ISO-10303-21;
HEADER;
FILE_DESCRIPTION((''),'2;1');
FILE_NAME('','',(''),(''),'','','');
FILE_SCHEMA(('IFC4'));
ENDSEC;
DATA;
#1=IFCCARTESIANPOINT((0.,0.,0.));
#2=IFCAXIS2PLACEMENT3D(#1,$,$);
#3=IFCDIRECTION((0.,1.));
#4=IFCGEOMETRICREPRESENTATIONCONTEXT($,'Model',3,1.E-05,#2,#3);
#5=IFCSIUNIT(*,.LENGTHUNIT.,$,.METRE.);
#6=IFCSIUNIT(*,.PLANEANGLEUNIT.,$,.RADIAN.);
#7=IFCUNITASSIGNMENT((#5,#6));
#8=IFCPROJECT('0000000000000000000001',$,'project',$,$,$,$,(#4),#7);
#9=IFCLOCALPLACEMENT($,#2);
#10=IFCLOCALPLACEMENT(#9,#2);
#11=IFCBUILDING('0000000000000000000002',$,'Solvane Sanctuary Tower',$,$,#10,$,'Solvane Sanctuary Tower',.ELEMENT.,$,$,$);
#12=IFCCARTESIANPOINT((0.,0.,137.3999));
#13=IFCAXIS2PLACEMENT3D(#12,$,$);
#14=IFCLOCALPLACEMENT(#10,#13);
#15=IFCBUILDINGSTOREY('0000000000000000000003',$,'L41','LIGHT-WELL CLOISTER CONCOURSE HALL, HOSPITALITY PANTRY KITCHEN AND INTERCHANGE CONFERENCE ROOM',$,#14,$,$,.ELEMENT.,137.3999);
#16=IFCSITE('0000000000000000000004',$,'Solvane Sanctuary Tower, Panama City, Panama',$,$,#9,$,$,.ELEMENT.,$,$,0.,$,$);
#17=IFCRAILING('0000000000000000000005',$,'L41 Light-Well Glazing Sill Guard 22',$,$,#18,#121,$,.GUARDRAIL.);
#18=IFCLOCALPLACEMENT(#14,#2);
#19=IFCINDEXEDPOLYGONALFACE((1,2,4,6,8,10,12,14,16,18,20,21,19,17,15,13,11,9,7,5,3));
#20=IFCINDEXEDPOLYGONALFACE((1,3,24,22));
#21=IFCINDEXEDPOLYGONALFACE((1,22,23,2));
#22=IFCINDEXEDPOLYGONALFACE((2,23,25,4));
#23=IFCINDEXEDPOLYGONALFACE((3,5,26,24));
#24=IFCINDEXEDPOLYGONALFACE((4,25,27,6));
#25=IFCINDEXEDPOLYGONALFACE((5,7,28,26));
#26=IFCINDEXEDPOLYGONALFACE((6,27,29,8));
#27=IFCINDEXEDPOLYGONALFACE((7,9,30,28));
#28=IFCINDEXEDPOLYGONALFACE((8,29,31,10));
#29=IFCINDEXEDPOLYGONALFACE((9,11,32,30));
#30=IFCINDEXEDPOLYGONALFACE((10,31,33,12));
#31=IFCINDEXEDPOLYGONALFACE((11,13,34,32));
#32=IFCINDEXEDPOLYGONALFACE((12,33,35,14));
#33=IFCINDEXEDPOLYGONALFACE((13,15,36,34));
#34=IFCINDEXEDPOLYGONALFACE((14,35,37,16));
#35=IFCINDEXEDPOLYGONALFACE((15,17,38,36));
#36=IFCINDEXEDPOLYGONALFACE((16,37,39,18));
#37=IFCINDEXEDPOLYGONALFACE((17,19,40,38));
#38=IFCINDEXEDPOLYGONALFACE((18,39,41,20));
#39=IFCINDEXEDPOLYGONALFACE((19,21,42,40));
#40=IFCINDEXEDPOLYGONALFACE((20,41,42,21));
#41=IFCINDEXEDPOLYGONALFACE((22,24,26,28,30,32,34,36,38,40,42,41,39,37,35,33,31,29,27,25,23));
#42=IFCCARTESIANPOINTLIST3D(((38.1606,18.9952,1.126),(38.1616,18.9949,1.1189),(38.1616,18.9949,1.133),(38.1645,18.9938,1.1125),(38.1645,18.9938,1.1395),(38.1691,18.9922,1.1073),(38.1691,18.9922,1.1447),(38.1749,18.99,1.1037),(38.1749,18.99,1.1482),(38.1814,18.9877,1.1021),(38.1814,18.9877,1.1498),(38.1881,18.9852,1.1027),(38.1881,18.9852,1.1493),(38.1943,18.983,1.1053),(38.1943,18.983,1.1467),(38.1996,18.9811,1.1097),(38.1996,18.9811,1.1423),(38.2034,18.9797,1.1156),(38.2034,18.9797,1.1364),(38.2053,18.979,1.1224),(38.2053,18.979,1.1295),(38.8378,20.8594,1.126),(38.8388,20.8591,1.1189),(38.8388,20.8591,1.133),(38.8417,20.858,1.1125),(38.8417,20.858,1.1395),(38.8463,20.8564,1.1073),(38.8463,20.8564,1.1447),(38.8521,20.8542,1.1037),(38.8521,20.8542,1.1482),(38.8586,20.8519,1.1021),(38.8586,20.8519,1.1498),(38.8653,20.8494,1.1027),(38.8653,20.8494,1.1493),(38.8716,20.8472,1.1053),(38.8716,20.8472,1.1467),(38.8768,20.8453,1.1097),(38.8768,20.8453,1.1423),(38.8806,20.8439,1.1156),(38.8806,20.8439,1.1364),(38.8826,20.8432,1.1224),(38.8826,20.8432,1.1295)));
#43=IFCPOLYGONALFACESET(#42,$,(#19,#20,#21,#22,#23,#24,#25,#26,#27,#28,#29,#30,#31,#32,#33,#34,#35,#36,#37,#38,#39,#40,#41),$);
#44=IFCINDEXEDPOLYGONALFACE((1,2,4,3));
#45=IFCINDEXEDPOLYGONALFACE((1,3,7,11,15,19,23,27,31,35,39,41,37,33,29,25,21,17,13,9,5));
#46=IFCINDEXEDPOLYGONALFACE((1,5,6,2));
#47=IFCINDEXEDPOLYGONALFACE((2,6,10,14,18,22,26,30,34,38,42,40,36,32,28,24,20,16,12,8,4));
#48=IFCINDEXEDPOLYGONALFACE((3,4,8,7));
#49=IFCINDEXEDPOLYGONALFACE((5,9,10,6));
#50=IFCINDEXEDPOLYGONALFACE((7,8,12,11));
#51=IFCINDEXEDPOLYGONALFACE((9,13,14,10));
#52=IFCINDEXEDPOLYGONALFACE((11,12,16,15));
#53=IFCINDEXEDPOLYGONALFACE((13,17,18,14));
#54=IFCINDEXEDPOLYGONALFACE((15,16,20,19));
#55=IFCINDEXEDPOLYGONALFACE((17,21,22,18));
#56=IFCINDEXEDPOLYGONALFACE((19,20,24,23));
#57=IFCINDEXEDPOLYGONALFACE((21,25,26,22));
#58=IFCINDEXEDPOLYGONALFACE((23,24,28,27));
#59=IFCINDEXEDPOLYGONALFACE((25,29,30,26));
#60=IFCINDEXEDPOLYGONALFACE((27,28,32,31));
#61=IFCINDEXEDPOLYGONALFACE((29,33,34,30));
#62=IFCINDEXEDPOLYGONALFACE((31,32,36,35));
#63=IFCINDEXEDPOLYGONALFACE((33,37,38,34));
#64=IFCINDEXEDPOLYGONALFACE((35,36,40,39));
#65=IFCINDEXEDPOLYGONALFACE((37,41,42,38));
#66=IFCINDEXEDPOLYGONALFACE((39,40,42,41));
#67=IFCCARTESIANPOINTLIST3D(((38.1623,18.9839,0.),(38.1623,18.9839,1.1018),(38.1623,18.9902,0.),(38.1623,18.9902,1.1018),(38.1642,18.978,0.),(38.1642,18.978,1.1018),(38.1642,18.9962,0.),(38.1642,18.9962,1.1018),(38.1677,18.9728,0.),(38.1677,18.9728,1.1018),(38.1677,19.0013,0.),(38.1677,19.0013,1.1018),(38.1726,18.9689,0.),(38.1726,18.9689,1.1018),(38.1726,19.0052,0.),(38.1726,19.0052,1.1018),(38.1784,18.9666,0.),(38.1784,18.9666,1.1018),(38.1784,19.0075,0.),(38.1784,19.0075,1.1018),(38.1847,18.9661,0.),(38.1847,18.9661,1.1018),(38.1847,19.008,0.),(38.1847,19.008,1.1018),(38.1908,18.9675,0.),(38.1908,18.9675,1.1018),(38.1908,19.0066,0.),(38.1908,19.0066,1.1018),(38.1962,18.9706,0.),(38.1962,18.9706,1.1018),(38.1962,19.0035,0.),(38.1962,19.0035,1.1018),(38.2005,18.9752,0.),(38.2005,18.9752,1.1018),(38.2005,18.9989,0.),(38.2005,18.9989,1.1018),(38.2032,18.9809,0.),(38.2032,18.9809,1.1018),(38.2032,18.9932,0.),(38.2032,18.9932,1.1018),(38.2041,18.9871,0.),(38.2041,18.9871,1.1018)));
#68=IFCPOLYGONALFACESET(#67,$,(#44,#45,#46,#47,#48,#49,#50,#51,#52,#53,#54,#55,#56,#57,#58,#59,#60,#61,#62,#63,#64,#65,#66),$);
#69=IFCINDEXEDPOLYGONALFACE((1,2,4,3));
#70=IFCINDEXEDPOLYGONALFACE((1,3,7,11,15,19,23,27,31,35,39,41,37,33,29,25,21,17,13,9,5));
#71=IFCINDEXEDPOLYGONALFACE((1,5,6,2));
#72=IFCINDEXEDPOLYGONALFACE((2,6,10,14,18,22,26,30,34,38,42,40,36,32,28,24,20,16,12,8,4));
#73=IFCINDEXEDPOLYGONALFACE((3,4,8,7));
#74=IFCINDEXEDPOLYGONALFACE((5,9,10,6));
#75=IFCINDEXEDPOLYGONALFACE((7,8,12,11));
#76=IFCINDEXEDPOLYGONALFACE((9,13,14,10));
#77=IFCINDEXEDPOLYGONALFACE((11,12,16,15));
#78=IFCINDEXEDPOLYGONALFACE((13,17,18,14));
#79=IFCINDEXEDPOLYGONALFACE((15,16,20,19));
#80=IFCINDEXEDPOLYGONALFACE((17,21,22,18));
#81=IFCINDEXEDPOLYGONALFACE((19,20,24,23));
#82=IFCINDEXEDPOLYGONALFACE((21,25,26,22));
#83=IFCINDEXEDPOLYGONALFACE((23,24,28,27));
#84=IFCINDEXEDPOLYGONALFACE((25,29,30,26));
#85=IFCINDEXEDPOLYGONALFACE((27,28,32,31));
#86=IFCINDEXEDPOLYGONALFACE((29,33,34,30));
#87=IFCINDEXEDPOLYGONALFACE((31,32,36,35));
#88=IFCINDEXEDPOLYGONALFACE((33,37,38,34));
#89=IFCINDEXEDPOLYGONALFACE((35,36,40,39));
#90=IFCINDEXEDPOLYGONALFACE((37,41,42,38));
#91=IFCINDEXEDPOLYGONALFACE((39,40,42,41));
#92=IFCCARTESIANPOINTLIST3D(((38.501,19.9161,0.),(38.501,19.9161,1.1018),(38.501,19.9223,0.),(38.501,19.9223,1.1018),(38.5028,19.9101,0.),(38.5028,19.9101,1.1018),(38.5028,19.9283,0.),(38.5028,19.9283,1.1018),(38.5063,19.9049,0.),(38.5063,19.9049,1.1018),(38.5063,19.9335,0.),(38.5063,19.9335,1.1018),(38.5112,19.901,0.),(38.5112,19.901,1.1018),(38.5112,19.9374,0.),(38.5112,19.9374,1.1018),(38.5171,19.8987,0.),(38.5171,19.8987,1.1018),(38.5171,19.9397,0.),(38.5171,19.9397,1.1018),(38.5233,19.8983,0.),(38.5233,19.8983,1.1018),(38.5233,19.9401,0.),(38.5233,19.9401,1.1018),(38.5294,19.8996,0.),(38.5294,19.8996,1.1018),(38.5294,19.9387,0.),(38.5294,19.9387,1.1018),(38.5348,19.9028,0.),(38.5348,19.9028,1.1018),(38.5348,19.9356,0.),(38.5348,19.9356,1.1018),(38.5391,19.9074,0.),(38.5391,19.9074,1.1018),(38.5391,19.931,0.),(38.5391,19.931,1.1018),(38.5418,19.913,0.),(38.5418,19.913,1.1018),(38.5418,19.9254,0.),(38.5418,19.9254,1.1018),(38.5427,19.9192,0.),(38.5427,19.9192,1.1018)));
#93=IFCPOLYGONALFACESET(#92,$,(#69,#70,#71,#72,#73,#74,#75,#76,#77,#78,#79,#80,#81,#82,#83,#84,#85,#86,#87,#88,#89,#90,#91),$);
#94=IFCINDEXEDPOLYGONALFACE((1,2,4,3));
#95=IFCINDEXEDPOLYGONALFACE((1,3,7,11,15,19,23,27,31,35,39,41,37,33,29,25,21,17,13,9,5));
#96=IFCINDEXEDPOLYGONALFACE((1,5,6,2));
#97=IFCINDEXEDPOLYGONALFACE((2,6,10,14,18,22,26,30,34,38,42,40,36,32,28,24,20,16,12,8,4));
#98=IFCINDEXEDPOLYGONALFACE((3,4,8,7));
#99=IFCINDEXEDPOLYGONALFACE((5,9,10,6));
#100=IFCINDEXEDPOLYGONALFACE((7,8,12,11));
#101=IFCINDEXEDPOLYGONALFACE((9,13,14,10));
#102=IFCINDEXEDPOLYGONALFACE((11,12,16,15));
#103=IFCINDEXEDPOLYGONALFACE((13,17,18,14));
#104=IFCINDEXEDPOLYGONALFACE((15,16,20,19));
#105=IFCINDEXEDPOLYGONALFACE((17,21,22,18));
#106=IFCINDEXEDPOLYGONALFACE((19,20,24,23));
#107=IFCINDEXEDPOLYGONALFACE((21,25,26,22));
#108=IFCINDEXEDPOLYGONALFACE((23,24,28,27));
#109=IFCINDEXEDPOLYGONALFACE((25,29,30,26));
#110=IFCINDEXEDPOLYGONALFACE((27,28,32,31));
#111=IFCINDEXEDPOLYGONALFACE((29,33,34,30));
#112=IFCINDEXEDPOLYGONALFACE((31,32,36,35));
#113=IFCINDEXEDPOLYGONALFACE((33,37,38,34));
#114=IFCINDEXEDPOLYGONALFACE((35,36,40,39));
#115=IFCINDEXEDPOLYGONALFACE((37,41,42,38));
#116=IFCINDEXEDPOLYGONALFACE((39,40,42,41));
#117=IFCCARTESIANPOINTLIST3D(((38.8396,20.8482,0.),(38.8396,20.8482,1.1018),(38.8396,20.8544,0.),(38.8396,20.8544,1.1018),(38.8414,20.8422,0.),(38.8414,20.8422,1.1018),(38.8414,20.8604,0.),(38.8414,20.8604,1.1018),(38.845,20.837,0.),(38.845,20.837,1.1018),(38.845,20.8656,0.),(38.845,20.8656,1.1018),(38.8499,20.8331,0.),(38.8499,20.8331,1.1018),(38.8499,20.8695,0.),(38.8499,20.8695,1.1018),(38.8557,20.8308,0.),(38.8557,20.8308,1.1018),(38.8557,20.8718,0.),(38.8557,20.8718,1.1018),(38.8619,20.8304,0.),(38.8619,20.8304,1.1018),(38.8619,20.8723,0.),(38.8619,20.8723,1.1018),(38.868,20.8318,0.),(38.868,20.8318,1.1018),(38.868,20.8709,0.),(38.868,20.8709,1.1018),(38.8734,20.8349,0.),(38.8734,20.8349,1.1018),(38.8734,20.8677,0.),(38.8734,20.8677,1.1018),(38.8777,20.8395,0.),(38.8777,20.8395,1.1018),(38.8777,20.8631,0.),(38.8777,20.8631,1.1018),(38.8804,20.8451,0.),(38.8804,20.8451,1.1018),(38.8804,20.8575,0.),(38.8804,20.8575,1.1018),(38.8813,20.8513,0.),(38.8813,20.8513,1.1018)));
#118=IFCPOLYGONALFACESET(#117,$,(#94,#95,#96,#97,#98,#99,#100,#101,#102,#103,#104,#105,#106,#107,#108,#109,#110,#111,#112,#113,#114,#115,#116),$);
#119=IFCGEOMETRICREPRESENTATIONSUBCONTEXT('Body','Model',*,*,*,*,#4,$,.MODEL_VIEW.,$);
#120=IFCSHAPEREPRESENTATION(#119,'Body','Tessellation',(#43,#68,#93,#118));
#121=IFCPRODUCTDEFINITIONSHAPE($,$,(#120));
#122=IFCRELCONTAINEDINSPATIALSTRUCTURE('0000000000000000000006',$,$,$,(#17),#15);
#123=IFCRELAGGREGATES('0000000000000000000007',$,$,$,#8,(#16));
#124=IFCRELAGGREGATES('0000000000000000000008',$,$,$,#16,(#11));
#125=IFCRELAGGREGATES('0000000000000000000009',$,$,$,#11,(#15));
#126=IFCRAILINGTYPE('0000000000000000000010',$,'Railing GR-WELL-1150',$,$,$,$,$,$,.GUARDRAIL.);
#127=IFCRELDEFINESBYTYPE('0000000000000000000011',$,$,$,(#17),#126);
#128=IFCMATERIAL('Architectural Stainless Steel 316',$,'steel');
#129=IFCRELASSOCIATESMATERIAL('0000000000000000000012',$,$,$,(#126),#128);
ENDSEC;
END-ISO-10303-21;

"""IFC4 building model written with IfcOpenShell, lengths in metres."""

from ifc_helpers import new_model, si_unit, direction, frame, origin, origin_2d, place, context, subcontext, project, spatial, circle, extrude, material, type_object, element, save


model = new_model("IFC4")

# Units and contexts
model_context = context("Model", 3, precision=1e-05, world=origin(), true_north=direction((0.0, 1.0)))
body_context = subcontext(model_context, "Body", "Model", "MODEL_VIEW")
ifc_project = project(units=[si_unit("LENGTHUNIT", "METRE"), si_unit("PLANEANGLEUNIT", "RADIAN")], contexts=[model_context])

# Site, building, storey
site_placement = place(None, origin())
site = spatial("IfcSite", under=ifc_project, at=site_placement, Name="Solvane Sanctuary Tower, Panama City, Panama", CompositionType="ELEMENT", RefElevation=0.0)
building_placement = place(site_placement, origin())
building = spatial("IfcBuilding", under=site, at=building_placement, Name="Solvane Sanctuary Tower", LongName="Solvane Sanctuary Tower", CompositionType="ELEMENT")
storey_placement = place(building_placement, frame((0.0, 0.0, 137.3999)))
storey = spatial("IfcBuildingStorey", under=building, at=storey_placement, Name="L41", Description="LIGHT-WELL CLOISTER CONCOURSE HALL, HOSPITALITY PANTRY KITCHEN AND INTERCHANGE CONFERENCE ROOM", CompositionType="ELEMENT", Elevation=137.3999)

# Railing
ifc_material_1 = material(Name="Architectural Stainless Steel 316", Category="steel")
railing_type = type_object("IfcRailingType", Name="Railing GR-WELL-1150", PredefinedType="GUARDRAIL", material=ifc_material_1)
railing_placement = place(storey_placement, frame((38.1831, 18.9871, 0.0)))
element("IfcRailing", 1, at=railing_placement, inside=storey, type_object=railing_type, Name="L41 Light-Well Glazing Sill Guard 22", PredefinedType="GUARDRAIL", context=body_context, shape_type="SweptSolid", body=[
    extrude(circle(Radius=0.0239, at=origin_2d()), frame((0.0, 0.0, 1.126), z_axis=(0.341447, 0.939901, 0.0), x_axis=(-0.939901, 0.341447, 0.0)), (0.0, 0.0, 1.0), 1.9834),
    extrude(circle(Radius=0.021, at=origin_2d()), origin(), (0.0, 0.0, 1.0), 1.1018),
    extrude(circle(Radius=0.021, at=origin_2d()), frame((0.3386, 0.9321, 0.0)), (0.0, 0.0, 1.0), 1.1018),
    extrude(circle(Radius=0.021, at=origin_2d()), frame((0.6772, 1.8643, 0.0)), (0.0, 0.0, 1.0), 1.1018),
])

save(model, "model.ifc")
